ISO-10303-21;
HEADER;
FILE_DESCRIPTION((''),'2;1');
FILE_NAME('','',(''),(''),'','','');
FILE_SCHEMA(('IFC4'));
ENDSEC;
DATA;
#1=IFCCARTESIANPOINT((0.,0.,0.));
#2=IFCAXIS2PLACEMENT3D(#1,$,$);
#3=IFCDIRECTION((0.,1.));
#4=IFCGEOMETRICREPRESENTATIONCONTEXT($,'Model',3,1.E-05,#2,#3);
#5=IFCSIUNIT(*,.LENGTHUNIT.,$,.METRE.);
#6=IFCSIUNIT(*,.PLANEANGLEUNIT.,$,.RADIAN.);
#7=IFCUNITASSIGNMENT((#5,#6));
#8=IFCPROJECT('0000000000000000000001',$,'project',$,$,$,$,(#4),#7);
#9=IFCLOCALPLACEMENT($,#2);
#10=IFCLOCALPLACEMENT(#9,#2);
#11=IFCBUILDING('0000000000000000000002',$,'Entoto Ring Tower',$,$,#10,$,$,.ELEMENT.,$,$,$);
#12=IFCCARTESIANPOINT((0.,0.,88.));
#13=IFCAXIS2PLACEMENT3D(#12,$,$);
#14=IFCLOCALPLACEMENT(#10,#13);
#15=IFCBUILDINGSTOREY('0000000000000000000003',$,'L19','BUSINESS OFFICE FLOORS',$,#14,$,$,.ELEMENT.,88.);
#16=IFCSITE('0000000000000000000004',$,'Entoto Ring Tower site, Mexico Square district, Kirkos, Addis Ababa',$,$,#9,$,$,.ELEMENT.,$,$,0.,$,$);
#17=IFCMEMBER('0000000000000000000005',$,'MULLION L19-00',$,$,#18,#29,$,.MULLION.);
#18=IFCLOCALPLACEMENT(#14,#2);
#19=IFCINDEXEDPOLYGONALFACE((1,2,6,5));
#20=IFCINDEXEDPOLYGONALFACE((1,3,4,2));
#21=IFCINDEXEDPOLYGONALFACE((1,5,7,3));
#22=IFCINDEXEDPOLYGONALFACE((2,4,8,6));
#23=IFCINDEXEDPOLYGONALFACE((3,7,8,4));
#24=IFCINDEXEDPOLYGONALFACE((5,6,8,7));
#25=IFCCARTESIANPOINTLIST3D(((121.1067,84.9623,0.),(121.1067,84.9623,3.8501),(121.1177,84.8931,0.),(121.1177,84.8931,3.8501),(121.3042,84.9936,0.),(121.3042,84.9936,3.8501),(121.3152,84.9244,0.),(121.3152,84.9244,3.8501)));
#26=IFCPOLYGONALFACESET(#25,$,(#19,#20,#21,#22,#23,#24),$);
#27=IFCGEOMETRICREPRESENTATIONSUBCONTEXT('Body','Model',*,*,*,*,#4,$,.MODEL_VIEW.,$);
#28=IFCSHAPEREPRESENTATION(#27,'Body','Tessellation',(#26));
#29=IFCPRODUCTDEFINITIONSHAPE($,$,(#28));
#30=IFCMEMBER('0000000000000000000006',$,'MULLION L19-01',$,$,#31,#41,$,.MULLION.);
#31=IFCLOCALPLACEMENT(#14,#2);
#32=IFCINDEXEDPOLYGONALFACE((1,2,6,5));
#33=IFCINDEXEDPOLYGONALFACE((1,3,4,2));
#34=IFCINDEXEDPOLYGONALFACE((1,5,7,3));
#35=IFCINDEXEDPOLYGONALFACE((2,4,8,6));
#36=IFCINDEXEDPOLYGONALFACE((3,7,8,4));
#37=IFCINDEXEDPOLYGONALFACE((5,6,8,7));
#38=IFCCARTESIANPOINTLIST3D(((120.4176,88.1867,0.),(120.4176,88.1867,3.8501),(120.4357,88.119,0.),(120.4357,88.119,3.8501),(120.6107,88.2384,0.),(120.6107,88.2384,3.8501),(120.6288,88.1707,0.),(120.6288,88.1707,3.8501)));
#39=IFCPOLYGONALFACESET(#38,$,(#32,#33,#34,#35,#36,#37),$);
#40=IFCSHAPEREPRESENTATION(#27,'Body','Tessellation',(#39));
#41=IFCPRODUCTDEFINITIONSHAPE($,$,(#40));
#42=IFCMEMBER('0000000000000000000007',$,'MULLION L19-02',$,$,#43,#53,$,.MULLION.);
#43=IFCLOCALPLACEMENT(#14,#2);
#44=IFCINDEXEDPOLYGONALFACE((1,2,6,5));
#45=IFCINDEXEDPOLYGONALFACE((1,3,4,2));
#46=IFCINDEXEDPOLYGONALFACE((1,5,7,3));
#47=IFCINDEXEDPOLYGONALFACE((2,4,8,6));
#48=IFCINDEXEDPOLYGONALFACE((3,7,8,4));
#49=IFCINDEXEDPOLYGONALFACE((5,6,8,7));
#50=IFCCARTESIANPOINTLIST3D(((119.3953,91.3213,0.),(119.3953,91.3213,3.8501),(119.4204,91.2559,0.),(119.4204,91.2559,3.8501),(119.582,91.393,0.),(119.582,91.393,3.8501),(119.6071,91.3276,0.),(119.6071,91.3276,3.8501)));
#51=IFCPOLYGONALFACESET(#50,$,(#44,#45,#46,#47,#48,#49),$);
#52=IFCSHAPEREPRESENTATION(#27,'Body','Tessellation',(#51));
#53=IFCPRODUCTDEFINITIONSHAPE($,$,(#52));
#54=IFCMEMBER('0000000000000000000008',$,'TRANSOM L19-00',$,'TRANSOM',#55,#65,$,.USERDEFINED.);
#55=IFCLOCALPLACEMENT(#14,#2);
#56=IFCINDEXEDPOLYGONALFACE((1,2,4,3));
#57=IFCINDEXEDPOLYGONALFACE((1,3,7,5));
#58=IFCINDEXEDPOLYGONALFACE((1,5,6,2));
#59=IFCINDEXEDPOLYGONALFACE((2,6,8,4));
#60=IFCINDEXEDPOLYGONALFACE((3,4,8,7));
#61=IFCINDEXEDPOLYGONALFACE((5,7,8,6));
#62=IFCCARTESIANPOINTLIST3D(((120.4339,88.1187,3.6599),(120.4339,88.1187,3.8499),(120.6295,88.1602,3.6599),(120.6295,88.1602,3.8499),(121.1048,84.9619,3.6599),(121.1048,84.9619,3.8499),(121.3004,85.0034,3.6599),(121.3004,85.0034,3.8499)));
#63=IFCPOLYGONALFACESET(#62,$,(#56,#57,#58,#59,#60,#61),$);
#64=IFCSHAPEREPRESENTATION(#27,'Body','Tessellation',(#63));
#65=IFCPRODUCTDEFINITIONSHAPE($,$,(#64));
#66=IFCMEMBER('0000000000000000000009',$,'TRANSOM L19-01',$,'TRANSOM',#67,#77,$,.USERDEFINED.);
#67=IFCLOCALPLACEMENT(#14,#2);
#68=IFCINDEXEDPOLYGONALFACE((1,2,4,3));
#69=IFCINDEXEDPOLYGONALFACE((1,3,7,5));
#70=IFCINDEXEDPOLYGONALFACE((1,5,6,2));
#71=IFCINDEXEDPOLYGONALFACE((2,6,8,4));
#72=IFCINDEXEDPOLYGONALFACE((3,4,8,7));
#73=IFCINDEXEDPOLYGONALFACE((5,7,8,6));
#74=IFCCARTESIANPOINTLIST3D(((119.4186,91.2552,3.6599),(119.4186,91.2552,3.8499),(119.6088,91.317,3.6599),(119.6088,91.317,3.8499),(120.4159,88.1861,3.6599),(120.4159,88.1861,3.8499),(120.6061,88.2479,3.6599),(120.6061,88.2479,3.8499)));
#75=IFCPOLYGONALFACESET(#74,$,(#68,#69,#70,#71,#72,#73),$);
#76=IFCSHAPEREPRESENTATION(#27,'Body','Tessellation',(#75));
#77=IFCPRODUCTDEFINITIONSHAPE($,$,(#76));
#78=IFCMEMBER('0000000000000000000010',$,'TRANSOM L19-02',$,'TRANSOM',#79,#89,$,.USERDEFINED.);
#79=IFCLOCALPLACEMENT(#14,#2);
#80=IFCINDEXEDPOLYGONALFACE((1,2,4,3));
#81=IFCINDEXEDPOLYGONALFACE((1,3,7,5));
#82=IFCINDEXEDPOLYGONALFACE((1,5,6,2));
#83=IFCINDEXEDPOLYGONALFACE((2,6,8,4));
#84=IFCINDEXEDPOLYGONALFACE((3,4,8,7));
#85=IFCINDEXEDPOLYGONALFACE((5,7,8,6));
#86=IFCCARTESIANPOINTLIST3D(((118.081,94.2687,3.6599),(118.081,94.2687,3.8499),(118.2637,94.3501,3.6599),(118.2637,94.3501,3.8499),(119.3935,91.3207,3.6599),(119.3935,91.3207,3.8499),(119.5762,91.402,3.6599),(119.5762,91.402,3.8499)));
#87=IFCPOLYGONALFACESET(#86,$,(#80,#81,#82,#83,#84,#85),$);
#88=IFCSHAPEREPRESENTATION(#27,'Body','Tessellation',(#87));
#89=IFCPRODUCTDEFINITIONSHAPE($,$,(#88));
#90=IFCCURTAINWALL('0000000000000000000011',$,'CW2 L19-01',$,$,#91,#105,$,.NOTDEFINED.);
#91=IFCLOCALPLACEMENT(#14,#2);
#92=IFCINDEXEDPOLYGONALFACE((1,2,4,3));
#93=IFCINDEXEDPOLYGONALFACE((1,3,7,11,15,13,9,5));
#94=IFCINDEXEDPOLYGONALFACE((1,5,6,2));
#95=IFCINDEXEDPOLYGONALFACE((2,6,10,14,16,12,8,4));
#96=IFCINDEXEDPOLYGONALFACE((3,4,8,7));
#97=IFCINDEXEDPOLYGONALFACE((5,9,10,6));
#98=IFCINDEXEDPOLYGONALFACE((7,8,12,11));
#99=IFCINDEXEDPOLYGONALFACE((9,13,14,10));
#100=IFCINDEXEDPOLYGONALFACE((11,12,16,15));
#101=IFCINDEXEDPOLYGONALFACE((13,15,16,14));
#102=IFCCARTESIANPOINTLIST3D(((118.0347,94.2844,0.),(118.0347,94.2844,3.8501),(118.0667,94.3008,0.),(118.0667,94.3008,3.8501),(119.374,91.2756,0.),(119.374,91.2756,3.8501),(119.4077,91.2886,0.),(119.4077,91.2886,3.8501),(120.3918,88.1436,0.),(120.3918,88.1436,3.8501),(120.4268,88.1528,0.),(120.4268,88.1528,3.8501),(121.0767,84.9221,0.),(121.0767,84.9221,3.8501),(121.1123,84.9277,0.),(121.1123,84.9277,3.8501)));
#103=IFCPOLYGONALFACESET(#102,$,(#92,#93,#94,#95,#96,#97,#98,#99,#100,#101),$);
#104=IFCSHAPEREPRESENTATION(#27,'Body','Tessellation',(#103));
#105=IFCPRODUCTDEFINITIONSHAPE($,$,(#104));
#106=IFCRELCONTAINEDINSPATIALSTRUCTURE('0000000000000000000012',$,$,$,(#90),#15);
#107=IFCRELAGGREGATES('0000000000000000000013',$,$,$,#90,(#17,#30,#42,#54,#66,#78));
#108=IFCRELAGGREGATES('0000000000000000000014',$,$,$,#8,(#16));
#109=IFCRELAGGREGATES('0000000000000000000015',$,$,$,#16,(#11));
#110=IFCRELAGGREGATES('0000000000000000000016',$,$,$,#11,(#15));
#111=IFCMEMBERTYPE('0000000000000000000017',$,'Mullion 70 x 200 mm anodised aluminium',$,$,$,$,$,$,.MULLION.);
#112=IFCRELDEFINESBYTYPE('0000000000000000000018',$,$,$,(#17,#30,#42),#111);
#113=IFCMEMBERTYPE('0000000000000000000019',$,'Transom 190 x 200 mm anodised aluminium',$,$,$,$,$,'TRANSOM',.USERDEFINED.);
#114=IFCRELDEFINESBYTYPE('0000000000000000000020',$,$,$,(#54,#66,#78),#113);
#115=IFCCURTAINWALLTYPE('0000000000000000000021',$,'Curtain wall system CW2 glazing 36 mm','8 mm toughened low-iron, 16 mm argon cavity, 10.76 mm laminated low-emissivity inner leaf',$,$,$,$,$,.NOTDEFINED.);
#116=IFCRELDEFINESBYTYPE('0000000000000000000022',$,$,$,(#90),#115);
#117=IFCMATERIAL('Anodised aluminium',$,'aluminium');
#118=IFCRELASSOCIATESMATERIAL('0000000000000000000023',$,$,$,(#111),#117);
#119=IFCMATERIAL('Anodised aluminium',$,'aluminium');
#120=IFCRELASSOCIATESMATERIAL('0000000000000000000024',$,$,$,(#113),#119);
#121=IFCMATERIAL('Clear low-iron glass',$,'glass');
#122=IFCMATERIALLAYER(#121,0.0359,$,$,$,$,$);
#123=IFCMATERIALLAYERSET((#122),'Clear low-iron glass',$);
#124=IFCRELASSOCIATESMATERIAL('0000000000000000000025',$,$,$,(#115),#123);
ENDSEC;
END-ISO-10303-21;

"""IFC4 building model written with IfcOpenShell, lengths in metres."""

from ifc_helpers import new_model, si_unit, direction, frame, origin, origin_2d, place, context, subcontext, project, spatial, polyline, rectangle, outline, extrude, material, layer, layer_set, material_profile, profile_set, type_object, element, aggregate, save


model = new_model("IFC4")

# Units and contexts
model_context = context("Model", 3, precision=1e-05, world=origin(), true_north=direction((0.0, 1.0)))
body_context = subcontext(model_context, "Body", "Model", "MODEL_VIEW")
ifc_project = project(units=[si_unit("LENGTHUNIT", "METRE"), si_unit("PLANEANGLEUNIT", "RADIAN")], contexts=[model_context])

# Members
ifc_material_1 = material(Name="Anodised aluminium", Category="aluminium")
ifc_material_profile_1 = material_profile(ifc_material_1, rectangle(XDim=0.0701, YDim=0.2, at=origin_2d()), Name="Mullion 70 x 200 mm anodised aluminium")
ifc_profile_set_1 = profile_set([ifc_material_profile_1], Name="Anodised aluminium")
member_type_1 = type_object("IfcMemberType", Name="Mullion 70 x 200 mm anodised aluminium", PredefinedType="MULLION", material=ifc_profile_set_1)
site_placement = place(None, origin())
building_placement = place(site_placement, origin())
storey_placement = place(building_placement, frame((0.0, 0.0, 88.0)))
member_1_placement = place(storey_placement, frame((121.2109, 84.9434, 0.0), z_axis=(0.0, 0.0, 1.0), x_axis=(-0.156434, 0.987688, 0.0)))
member_1 = element("IfcMember", 1, at=member_1_placement, type_object=member_type_1, Name="MULLION L19-00", PredefinedType="MULLION", context=body_context, shape_type="SweptSolid", body=[
    extrude(rectangle(XDim=0.0701, YDim=0.2, at=origin_2d()), origin(), (0.0, 0.0, 1.0), 3.8501),
])
member_2_placement = place(storey_placement, frame((120.5232, 88.1787, 0.0), z_axis=(0.0, 0.0, 1.0), x_axis=(-0.258819, 0.965926, 0.0)))
member_2 = element("IfcMember", 2, at=member_2_placement, type_object=member_type_1, Name="MULLION L19-01", PredefinedType="MULLION", context=body_context, shape_type="SweptSolid", body=[
    extrude(rectangle(XDim=0.0701, YDim=0.2, at=origin_2d()), origin(), (0.0, 0.0, 1.0), 3.8501),
])
member_3_placement = place(storey_placement, frame((119.5012, 91.3245, 0.0), z_axis=(0.0, 0.0, 1.0), x_axis=(-0.358368, 0.93358, 0.0)))
member_3 = element("IfcMember", 3, at=member_3_placement, type_object=member_type_1, Name="MULLION L19-02", PredefinedType="MULLION", context=body_context, shape_type="SweptSolid", body=[
    extrude(rectangle(XDim=0.0701, YDim=0.2, at=origin_2d()), origin(), (0.0, 0.0, 1.0), 3.8501),
])
ifc_material_2 = material(Name="Anodised aluminium", Category="aluminium")
ifc_material_profile_2 = material_profile(ifc_material_2, rectangle(XDim=0.2, YDim=0.1899, at=origin_2d()), Name="Transom 190 x 200 mm anodised aluminium")
ifc_profile_set_2 = profile_set([ifc_material_profile_2], Name="Anodised aluminium")
member_type_2 = type_object("IfcMemberType", Name="Transom 190 x 200 mm anodised aluminium", ElementType="TRANSOM", PredefinedType="USERDEFINED", material=ifc_profile_set_2)
member_4_placement = place(storey_placement, frame((121.2026, 84.9827, 3.7549), z_axis=(-0.207886, 0.978153, 0.0), x_axis=(-0.978153, -0.207886, 0.0)))
member_4 = element("IfcMember", 4, at=member_4_placement, type_object=member_type_2, Name="TRANSOM L19-00", ObjectType="TRANSOM", PredefinedType="USERDEFINED", context=body_context, shape_type="SweptSolid", body=[
    extrude(rectangle(XDim=0.2, YDim=0.1899, at=origin_2d()), origin(), (0.0, 0.0, 1.0), 3.2273),
])
member_5_placement = place(storey_placement, frame((120.511, 88.217, 3.7549), z_axis=(-0.309047, 0.951047, 0.0), x_axis=(-0.951047, -0.309047, 0.0)))
member_5 = element("IfcMember", 5, at=member_5_placement, type_object=member_type_2, Name="TRANSOM L19-01", ObjectType="TRANSOM", PredefinedType="USERDEFINED", context=body_context, shape_type="SweptSolid", body=[
    extrude(rectangle(XDim=0.2, YDim=0.1899, at=origin_2d()), origin(), (0.0, 0.0, 1.0), 3.2271),
])
member_6_placement = place(storey_placement, frame((119.4849, 91.3613, 3.7549), z_axis=(-0.406728, 0.913549, 0.0), x_axis=(-0.913549, -0.406728, 0.0)))
member_6 = element("IfcMember", 6, at=member_6_placement, type_object=member_type_2, Name="TRANSOM L19-02", ObjectType="TRANSOM", PredefinedType="USERDEFINED", context=body_context, shape_type="SweptSolid", body=[
    extrude(rectangle(XDim=0.2, YDim=0.1899, at=origin_2d()), origin(), (0.0, 0.0, 1.0), 3.2271),
])

# Site, building, storey
site = spatial("IfcSite", under=ifc_project, at=site_placement, Name="Entoto Ring Tower site, Mexico Square district, Kirkos, Addis Ababa", CompositionType="ELEMENT", RefElevation=0.0)
building = spatial("IfcBuilding", under=site, at=building_placement, Name="Entoto Ring Tower", CompositionType="ELEMENT")
storey = spatial("IfcBuildingStorey", under=building, at=storey_placement, Name="L19", Description="BUSINESS OFFICE FLOORS", CompositionType="ELEMENT", Elevation=88.0)

# Curtain wall
ifc_material_3 = material(Name="Clear low-iron glass", Category="glass")
ifc_layer_1 = layer(ifc_material_3, 0.0359)
ifc_layer_set_1 = layer_set([ifc_layer_1], Name="Clear low-iron glass")
curtain_wall_type = type_object("IfcCurtainWallType", Name="Curtain wall system CW2 glazing 36 mm", Description="8 mm toughened low-iron, 16 mm argon cavity, 10.76 mm laminated low-emissivity inner leaf", PredefinedType="NOTDEFINED", material=ifc_layer_set_1)
curtain_wall_1_placement = place(storey_placement, origin())
curtain_wall_1 = element("IfcCurtainWall", 7, at=curtain_wall_1_placement, inside=storey, type_object=curtain_wall_type, Name="CW2 L19-01", PredefinedType="NOTDEFINED", context=body_context, shape_type="SweptSolid", body=[
    extrude(outline(polyline([(121.1123, 84.9277), (120.4268, 88.1528), (119.4077, 91.2886), (118.0667, 94.3008), (118.0347, 94.2844), (119.374, 91.2756), (120.3918, 88.1436), (121.0767, 84.9221), (121.1123, 84.9277)])), origin(), (0.0, 0.0, 1.0), 3.8501),
])
aggregate(curtain_wall_1, [member_1, member_2, member_3, member_4, member_5, member_6])

save(model, "model.ifc")
